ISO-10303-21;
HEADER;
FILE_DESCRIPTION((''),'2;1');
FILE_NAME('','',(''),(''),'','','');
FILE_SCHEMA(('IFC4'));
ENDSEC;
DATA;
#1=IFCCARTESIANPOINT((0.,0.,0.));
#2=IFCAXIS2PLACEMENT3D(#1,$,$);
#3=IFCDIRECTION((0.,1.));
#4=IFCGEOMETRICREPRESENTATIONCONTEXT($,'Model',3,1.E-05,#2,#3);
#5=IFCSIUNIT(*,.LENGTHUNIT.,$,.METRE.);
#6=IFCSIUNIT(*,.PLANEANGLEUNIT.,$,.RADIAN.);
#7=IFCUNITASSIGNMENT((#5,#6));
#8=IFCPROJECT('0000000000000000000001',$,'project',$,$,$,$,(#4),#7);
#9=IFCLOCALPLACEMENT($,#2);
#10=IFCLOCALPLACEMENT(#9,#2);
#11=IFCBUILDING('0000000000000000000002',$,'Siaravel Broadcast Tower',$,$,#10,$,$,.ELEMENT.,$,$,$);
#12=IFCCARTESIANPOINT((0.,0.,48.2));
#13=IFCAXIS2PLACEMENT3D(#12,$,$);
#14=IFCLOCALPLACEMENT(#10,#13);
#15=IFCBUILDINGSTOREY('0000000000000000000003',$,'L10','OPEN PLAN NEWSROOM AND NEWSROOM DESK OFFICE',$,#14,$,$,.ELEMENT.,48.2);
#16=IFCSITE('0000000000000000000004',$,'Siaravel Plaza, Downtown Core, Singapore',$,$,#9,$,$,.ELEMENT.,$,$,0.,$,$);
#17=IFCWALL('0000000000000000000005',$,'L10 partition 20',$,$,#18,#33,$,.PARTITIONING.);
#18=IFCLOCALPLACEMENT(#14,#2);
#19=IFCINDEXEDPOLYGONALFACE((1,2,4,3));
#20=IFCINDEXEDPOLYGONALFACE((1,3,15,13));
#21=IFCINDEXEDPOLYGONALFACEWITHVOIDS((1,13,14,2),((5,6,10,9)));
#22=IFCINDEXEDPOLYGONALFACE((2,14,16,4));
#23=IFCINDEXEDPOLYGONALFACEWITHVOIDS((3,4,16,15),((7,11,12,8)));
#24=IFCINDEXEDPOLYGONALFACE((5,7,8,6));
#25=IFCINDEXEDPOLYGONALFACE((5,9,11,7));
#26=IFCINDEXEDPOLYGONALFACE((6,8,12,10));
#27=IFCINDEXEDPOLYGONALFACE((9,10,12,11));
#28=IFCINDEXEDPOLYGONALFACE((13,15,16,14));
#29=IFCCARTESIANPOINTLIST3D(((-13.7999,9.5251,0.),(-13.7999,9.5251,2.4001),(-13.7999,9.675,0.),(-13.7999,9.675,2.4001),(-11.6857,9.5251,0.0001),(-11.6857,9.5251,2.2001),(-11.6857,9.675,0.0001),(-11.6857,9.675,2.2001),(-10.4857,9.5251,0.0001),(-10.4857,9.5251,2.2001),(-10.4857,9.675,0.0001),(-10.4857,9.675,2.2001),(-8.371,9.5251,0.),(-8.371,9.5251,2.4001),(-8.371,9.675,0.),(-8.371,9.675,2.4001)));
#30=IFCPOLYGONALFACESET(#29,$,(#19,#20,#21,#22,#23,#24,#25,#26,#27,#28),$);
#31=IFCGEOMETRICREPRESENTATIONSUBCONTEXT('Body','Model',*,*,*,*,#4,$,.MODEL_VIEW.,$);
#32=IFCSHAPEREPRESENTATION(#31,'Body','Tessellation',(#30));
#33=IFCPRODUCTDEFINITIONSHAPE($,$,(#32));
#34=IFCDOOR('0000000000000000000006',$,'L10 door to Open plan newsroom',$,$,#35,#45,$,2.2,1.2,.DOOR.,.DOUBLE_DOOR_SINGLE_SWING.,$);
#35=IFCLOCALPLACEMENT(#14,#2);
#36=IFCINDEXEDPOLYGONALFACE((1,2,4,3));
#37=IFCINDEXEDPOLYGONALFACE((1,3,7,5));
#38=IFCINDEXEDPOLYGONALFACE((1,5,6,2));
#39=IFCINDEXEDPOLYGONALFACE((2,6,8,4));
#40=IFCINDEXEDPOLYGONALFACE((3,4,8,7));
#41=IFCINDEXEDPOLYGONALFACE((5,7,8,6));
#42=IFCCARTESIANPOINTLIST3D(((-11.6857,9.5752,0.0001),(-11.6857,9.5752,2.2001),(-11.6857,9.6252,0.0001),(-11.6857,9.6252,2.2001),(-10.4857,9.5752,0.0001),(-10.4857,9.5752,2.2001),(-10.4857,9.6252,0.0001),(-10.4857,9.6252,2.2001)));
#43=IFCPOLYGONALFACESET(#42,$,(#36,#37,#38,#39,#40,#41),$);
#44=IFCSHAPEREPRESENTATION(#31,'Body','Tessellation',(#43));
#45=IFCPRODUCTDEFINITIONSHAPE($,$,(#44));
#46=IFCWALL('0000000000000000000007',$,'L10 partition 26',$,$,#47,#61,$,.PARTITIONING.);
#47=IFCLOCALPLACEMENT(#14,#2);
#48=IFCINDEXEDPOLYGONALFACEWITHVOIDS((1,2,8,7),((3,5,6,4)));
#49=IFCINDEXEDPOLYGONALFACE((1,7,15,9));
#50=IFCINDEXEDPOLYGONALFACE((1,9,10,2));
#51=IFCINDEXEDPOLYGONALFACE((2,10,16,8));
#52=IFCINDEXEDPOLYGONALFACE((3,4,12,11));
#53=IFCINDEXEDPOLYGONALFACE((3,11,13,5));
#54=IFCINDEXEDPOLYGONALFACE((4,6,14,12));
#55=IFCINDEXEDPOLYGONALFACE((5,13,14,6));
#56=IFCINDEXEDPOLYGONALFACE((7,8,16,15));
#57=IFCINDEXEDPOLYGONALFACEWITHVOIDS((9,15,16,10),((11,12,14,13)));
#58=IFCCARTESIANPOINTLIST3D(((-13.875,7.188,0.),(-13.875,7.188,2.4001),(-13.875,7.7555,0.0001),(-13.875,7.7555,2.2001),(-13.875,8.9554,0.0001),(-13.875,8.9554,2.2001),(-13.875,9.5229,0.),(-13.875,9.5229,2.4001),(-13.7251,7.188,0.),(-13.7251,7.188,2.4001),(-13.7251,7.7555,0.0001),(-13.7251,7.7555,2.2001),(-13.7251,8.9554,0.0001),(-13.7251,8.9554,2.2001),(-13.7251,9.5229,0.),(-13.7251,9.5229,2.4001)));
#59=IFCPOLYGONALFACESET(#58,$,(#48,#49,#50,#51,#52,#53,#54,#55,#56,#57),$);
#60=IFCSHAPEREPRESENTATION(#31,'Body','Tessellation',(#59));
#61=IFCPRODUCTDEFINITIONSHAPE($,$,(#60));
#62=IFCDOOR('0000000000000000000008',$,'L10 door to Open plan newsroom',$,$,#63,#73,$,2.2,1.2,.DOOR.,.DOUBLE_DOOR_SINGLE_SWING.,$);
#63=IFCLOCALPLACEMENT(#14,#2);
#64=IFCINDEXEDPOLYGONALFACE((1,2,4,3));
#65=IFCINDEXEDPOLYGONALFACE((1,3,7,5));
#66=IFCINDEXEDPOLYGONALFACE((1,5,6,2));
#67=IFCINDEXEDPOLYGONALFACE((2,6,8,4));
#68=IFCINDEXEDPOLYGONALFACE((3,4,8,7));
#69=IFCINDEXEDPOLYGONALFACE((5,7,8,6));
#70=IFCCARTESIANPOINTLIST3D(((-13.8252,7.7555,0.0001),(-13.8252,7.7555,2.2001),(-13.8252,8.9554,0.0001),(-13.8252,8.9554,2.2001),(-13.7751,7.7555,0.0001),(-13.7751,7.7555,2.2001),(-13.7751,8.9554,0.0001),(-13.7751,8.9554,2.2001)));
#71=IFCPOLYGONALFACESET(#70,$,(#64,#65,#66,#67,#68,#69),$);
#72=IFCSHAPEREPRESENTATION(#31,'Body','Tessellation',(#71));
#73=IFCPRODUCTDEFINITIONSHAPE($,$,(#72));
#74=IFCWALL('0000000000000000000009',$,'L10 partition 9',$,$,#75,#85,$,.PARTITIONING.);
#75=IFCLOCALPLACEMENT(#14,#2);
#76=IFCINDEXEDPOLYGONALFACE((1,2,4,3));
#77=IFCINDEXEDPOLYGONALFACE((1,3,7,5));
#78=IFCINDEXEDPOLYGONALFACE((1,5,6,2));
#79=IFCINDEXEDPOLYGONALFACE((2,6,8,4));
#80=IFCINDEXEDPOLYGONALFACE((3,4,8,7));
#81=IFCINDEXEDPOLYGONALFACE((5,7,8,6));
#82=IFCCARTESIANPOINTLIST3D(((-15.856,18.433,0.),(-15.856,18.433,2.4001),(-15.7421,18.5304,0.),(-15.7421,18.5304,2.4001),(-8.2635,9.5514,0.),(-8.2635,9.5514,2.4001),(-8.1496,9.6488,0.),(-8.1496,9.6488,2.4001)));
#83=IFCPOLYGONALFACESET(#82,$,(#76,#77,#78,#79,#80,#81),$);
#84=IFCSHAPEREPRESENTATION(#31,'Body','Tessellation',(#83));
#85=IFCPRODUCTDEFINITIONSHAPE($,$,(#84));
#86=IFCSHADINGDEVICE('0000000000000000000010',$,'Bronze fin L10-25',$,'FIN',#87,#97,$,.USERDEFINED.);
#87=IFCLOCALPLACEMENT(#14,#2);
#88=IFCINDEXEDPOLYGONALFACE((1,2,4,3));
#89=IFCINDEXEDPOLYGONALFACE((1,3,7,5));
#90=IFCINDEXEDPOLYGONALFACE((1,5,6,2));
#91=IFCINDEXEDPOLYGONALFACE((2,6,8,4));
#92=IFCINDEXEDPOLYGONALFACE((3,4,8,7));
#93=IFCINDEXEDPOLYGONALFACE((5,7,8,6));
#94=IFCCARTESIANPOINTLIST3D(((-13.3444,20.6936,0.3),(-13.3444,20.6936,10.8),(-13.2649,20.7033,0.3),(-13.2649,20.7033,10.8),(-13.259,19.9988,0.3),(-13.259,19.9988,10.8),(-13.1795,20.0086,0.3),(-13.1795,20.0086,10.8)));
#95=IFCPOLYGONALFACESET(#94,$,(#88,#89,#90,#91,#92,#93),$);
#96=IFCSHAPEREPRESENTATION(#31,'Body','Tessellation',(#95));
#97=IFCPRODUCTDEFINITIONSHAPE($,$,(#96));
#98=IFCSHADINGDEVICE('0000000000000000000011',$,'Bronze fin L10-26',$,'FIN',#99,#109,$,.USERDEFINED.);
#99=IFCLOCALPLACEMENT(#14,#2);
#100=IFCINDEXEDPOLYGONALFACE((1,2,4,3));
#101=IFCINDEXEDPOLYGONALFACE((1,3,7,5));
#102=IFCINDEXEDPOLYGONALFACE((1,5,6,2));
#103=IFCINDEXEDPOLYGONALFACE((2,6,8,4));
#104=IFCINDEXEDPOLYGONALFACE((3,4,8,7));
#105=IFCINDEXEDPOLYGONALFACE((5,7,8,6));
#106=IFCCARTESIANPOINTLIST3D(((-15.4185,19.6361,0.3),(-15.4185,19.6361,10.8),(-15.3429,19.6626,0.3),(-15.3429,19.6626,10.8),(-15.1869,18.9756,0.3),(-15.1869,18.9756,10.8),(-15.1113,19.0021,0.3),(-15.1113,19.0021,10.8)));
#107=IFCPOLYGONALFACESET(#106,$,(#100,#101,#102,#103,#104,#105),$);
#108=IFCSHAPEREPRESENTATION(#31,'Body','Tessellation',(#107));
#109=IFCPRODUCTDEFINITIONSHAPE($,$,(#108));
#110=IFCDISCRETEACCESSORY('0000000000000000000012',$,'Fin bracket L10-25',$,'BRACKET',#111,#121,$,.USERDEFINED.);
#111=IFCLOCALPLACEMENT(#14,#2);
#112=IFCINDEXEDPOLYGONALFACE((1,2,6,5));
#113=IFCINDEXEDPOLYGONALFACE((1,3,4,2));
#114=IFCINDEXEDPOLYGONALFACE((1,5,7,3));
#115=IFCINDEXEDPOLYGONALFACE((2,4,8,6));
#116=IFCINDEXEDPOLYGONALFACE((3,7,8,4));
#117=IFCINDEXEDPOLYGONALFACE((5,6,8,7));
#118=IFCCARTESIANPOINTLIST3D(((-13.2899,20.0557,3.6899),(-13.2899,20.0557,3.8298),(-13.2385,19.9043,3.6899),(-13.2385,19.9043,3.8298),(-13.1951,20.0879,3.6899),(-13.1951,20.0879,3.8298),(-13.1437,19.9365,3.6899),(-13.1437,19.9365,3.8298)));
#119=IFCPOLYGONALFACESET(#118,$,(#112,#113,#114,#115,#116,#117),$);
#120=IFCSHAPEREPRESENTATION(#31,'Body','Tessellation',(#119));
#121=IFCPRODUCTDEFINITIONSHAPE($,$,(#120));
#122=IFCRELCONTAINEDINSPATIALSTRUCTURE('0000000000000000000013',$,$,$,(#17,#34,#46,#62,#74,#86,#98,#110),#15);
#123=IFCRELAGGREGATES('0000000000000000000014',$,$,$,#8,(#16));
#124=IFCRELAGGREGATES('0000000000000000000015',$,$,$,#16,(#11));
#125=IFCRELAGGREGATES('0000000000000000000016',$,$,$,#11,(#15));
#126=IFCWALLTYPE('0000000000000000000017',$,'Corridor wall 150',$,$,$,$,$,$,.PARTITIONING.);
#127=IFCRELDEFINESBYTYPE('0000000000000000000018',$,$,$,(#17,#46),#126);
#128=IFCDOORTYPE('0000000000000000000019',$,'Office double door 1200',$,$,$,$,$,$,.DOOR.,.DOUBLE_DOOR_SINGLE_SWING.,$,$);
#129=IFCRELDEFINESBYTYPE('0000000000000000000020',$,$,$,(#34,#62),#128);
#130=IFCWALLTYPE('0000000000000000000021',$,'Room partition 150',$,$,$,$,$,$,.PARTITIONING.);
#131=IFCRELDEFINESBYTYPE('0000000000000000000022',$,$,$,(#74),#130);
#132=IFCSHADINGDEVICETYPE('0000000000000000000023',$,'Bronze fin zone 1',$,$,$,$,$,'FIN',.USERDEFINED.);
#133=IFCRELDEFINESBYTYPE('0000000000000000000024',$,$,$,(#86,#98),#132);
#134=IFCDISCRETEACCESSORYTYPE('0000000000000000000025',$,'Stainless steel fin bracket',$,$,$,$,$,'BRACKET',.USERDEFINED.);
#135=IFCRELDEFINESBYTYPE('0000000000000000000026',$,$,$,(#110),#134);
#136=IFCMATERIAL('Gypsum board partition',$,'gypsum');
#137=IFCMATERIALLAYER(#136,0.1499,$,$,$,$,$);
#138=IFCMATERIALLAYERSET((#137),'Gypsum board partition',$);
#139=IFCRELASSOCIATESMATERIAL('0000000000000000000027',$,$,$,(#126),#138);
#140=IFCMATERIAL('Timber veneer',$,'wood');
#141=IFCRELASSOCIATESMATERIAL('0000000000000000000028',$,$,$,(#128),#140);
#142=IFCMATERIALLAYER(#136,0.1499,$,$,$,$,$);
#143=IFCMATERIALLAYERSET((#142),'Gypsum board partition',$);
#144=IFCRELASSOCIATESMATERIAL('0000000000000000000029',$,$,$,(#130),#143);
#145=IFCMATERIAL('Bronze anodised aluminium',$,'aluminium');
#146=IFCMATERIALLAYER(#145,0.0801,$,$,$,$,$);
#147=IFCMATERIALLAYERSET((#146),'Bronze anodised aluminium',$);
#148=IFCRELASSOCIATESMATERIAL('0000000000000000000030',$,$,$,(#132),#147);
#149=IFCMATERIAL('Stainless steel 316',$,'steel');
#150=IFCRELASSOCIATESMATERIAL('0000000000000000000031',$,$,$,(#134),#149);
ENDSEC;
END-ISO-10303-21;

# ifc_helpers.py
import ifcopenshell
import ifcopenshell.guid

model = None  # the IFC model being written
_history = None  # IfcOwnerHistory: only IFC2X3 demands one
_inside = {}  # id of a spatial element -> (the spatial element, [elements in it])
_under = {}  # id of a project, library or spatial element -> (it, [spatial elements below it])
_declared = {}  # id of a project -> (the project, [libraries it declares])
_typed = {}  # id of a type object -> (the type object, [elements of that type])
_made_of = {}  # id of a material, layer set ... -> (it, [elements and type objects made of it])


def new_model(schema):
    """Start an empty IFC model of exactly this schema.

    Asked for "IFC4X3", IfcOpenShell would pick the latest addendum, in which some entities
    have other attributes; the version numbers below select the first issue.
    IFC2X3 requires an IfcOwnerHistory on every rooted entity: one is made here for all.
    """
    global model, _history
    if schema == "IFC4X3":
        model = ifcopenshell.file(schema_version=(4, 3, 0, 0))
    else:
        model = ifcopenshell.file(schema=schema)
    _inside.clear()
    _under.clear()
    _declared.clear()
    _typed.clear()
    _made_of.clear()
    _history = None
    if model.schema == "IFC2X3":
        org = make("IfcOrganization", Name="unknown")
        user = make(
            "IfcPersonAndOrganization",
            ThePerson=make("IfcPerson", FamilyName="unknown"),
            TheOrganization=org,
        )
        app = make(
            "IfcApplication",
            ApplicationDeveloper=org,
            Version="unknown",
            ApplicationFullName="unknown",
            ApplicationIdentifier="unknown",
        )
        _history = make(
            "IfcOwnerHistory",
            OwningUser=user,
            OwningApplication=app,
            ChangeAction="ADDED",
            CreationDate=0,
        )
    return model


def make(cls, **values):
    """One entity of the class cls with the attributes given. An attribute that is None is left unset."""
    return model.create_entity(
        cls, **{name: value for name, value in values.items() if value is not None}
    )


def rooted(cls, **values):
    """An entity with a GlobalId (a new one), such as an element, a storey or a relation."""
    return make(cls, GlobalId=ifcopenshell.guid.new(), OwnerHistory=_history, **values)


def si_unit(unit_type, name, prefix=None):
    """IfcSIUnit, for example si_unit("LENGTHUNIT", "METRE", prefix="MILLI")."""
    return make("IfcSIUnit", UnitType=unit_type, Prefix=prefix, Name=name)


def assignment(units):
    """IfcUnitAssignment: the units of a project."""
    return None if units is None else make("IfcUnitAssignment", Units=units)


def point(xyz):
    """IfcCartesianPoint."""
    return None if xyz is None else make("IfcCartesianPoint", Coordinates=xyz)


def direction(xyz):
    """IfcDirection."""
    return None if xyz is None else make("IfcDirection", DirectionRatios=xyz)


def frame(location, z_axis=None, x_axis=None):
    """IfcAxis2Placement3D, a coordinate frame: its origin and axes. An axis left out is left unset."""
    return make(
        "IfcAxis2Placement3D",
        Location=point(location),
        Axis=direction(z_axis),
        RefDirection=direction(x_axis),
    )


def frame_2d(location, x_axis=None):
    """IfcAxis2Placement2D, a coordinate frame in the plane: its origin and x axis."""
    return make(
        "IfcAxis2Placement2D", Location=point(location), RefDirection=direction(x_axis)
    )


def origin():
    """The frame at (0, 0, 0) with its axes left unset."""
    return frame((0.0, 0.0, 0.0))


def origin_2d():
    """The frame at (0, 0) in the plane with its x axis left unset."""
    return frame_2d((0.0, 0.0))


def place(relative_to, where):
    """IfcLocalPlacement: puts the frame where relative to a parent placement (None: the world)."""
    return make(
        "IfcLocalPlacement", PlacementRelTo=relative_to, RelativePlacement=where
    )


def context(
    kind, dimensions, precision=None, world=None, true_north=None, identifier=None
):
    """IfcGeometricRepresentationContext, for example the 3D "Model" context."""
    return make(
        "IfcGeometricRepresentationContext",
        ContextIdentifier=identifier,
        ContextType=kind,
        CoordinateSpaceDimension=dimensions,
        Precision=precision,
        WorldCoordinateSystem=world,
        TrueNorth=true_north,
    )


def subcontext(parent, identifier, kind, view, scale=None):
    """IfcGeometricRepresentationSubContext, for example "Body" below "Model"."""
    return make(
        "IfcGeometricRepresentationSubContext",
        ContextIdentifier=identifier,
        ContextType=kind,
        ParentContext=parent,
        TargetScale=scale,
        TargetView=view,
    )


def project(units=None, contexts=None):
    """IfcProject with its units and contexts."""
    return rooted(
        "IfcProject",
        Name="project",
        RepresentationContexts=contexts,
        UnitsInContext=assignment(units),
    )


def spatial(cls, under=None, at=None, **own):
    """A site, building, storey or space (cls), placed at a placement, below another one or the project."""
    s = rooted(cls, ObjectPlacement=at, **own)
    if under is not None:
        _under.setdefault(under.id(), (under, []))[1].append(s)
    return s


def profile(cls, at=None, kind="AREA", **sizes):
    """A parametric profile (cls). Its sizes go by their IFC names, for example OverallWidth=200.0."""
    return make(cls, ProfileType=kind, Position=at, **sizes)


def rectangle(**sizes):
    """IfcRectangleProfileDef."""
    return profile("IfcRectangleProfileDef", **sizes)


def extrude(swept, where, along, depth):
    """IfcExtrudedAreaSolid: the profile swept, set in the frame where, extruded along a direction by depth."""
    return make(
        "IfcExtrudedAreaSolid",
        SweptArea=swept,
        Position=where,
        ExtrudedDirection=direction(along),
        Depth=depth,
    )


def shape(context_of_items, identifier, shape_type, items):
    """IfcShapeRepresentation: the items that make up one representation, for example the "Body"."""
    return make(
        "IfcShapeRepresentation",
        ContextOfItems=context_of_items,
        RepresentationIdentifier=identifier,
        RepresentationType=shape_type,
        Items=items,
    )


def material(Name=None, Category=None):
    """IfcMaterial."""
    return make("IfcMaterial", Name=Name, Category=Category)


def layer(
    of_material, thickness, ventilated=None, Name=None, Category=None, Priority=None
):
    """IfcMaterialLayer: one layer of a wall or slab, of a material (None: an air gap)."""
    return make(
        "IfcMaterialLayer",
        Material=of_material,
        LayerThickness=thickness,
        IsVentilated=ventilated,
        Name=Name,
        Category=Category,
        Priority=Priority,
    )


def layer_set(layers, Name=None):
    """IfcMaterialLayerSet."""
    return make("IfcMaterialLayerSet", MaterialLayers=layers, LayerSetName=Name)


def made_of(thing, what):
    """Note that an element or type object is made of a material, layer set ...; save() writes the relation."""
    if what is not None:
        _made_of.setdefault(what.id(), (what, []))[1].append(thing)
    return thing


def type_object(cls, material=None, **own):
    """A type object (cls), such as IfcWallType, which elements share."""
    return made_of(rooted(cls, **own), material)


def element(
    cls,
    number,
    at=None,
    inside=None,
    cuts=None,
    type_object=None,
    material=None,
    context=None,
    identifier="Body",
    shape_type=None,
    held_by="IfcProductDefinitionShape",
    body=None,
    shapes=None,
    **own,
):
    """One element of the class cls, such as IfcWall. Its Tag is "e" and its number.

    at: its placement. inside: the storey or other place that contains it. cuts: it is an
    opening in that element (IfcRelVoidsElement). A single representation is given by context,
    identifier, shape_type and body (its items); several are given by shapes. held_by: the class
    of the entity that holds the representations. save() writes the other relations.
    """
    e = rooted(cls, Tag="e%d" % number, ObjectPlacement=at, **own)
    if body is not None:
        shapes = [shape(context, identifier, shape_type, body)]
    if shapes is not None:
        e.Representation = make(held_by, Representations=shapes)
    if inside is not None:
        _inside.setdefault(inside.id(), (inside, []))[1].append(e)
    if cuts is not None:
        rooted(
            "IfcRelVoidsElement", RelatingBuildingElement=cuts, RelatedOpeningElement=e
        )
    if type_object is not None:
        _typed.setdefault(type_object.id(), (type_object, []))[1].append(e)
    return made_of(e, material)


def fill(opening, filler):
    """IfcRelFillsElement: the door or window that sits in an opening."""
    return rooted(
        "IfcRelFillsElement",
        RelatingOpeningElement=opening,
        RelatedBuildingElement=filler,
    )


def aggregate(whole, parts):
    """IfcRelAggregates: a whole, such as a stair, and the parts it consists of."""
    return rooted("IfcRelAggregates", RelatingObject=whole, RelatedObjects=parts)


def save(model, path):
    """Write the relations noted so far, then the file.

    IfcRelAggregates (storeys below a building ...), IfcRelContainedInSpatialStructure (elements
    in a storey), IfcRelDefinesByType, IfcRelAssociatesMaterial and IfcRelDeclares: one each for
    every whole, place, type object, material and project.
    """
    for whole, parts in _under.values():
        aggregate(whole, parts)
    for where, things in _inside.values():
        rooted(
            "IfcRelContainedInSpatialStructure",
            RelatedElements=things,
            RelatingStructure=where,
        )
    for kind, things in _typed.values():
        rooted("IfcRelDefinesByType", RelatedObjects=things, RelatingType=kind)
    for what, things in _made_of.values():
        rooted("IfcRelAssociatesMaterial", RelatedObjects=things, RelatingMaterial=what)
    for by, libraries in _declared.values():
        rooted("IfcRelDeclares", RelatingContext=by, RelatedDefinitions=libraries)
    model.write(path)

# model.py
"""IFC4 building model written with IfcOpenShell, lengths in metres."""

from ifc_helpers import new_model, si_unit, direction, frame, frame_2d, origin, origin_2d, place, context, subcontext, project, spatial, rectangle, extrude, material, layer, layer_set, type_object, element, fill, save


model = new_model("IFC4")

# Units and contexts
model_context = context("Model", 3, precision=1e-05, world=origin(), true_north=direction((0.0, 1.0)))
body_context = subcontext(model_context, "Body", "Model", "MODEL_VIEW")
ifc_project = project(units=[si_unit("LENGTHUNIT", "METRE"), si_unit("PLANEANGLEUNIT", "RADIAN")], contexts=[model_context])

# Site, building, storey
site_placement = place(None, origin())
site = spatial("IfcSite", under=ifc_project, at=site_placement, Name="Siaravel Plaza, Downtown Core, Singapore", CompositionType="ELEMENT", RefElevation=0.0)
building_placement = place(site_placement, origin())
building = spatial("IfcBuilding", under=site, at=building_placement, Name="Siaravel Broadcast Tower", CompositionType="ELEMENT")
storey_placement = place(building_placement, frame((0.0, 0.0, 48.2)))
storey = spatial("IfcBuildingStorey", under=building, at=storey_placement, Name="L10", Description="OPEN PLAN NEWSROOM AND NEWSROOM DESK OFFICE", CompositionType="ELEMENT", Elevation=48.2)

# Walls, openings, doors
ifc_material_1 = material(Name="Gypsum board partition", Category="gypsum")
ifc_layer_1 = layer(ifc_material_1, 0.1499)
ifc_layer_set_1 = layer_set([ifc_layer_1], Name="Gypsum board partition")
wall_type_1 = type_object("IfcWallType", Name="Corridor wall 150", PredefinedType="PARTITIONING", material=ifc_layer_set_1)
ifc_material_2 = material(Name="Timber veneer", Category="wood")
door_type = type_object("IfcDoorType", Name="Office double door 1200", OperationType="DOUBLE_DOOR_SINGLE_SWING", PredefinedType="DOOR", material=ifc_material_2)
wall_1_placement = place(storey_placement, frame((-8.3711, 9.6001, 0.0), z_axis=(0.0, 0.0, 1.0), x_axis=(-1.0, 0.0, 0.0)))
wall_1 = element("IfcWall", 1, at=wall_1_placement, inside=storey, type_object=wall_type_1, Name="L10 partition 20", PredefinedType="PARTITIONING", context=body_context, shape_type="SweptSolid", body=[
    extrude(rectangle(XDim=5.429, YDim=0.1499, at=frame_2d((2.7144, 0.0))), origin(), (0.0, 0.0, 1.0), 2.4001),
])
opening_1_placement = place(wall_1_placement, frame((2.1145, 0.0, 0.0)))
opening_1 = element("IfcOpeningElement", 2, at=opening_1_placement, cuts=wall_1, PredefinedType="OPENING", context=body_context, shape_type="SweptSolid", body=[
    extrude(rectangle(XDim=1.2, YDim=2.2, at=frame_2d((0.6001, 1.1001))), frame((0.0, 0.085, 0.0), z_axis=(0.0, -1.0, 0.0), x_axis=(1.0, 0.0, 0.0)), (0.0, 0.0, 1.0), 0.1699),
])
door_1_placement = place(opening_1_placement, origin())
door_1 = element("IfcDoor", 3, at=door_1_placement, inside=storey, type_object=door_type, Name="L10 door to Open plan newsroom", OperationType="DOUBLE_DOOR_SINGLE_SWING", OverallHeight=2.2, OverallWidth=1.2, PredefinedType="DOOR", context=body_context, shape_type="SweptSolid", body=[
    extrude(rectangle(XDim=1.2, YDim=2.2, at=frame_2d((0.6001, 1.1001))), frame((0.0, 0.0249, 0.0), z_axis=(0.0, -1.0, 0.0), x_axis=(1.0, 0.0, 0.0)), (0.0, 0.0, 1.0), 0.05),
])
fill(opening_1, door_1)
wall_2_placement = place(storey_placement, frame((-13.8, 9.5229, 0.0), z_axis=(0.0, 0.0, 1.0), x_axis=(0.0, -1.0, 0.0)))
wall_2 = element("IfcWall", 4, at=wall_2_placement, inside=storey, type_object=wall_type_1, Name="L10 partition 26", PredefinedType="PARTITIONING", context=body_context, shape_type="SweptSolid", body=[
    extrude(rectangle(XDim=2.335, YDim=0.1499, at=frame_2d((1.1675, 0.0))), origin(), (0.0, 0.0, 1.0), 2.4001),
])
opening_2_placement = place(wall_2_placement, frame((0.5674, 0.0, 0.0)))
opening_2 = element("IfcOpeningElement", 5, at=opening_2_placement, cuts=wall_2, PredefinedType="OPENING", context=body_context, shape_type="SweptSolid", body=[
    extrude(rectangle(XDim=1.2, YDim=2.2, at=frame_2d((0.6001, 1.1001))), frame((0.0, 0.085, 0.0), z_axis=(0.0, -1.0, 0.0), x_axis=(1.0, 0.0, 0.0)), (0.0, 0.0, 1.0), 0.1699),
])
door_2_placement = place(opening_2_placement, origin())
door_2 = element("IfcDoor", 6, at=door_2_placement, inside=storey, type_object=door_type, Name="L10 door to Open plan newsroom", OperationType="DOUBLE_DOOR_SINGLE_SWING", OverallHeight=2.2, OverallWidth=1.2, PredefinedType="DOOR", context=body_context, shape_type="SweptSolid", body=[
    extrude(rectangle(XDim=1.2, YDim=2.2, at=frame_2d((0.6001, 1.1001))), frame((0.0, 0.0249, 0.0), z_axis=(0.0, -1.0, 0.0), x_axis=(1.0, 0.0, 0.0)), (0.0, 0.0, 1.0), 0.05),
])
fill(opening_2, door_2)

# Wall
ifc_layer_2 = layer(ifc_material_1, 0.1499)
ifc_layer_set_2 = layer_set([ifc_layer_2], Name="Gypsum board partition")
wall_type_2 = type_object("IfcWallType", Name="Room partition 150", PredefinedType="PARTITIONING", material=ifc_layer_set_2)
wall_3_placement = place(storey_placement, frame((-15.7991, 18.4817, 0.0), z_axis=(0.0, 0.0, 1.0), x_axis=(0.649791, -0.760113, 0.0)))
element("IfcWall", 7, at=wall_3_placement, inside=storey, type_object=wall_type_2, Name="L10 partition 9", PredefinedType="PARTITIONING", context=body_context, shape_type="SweptSolid", body=[
    extrude(rectangle(XDim=11.6846, YDim=0.1499, at=frame_2d((5.8423, 0.0))), origin(), (0.0, 0.0, 1.0), 2.4001),
])

# Shading devices
ifc_material_3 = material(Name="Bronze anodised aluminium", Category="aluminium")
ifc_layer_3 = layer(ifc_material_3, 0.0801)
ifc_layer_set_3 = layer_set([ifc_layer_3], Name="Bronze anodised aluminium")
shading_device_type = type_object("IfcShadingDeviceType", Name="Bronze fin zone 1", ElementType="FIN", PredefinedType="USERDEFINED", material=ifc_layer_set_3)
for number, where, z_axis, x_axis, name in (
    (8, (-13.262, 20.3511, 0.3), (0.0, 0.0, 1.0), (-0.121959, 0.992535, 0.0), "Bronze fin L10-25"),
    (9, (-15.2649, 19.3191, 0.3), (0.0, 0.0, 1.0), (-0.33091, 0.943662, 0.0), "Bronze fin L10-26"),
):
    element("IfcShadingDevice", number, at=place(storey_placement, frame(where, z_axis=z_axis, x_axis=x_axis)), inside=storey, type_object=shading_device_type, Name=name, ObjectType="FIN", PredefinedType="USERDEFINED", context=body_context, shape_type="SweptSolid", body=[
        extrude(rectangle(XDim=0.7, YDim=0.0801, at=origin_2d()), origin(), (0.0, 0.0, 1.0), 10.5),
    ])

# Discrete accessory
ifc_material_4 = material(Name="Stainless steel 316", Category="steel")
discrete_accessory_type = type_object("IfcDiscreteAccessoryType", Name="Stainless steel fin bracket", ElementType="BRACKET", PredefinedType="USERDEFINED", material=ifc_material_4)
discrete_accessory_placement = place(storey_placement, frame((-13.2168, 19.9961, 3.6899), z_axis=(0.0, 0.0, 1.0), x_axis=(-0.321301, 0.946977, 0.0)))
element("IfcDiscreteAccessory", 10, at=discrete_accessory_placement, inside=storey, type_object=discrete_accessory_type, Name="Fin bracket L10-25", ObjectType="BRACKET", PredefinedType="USERDEFINED", context=body_context, shape_type="SweptSolid", body=[
    extrude(rectangle(XDim=0.1599, YDim=0.1001, at=origin_2d()), origin(), (0.0, 0.0, 1.0), 0.1399),
])

save(model, "model.ifc")
